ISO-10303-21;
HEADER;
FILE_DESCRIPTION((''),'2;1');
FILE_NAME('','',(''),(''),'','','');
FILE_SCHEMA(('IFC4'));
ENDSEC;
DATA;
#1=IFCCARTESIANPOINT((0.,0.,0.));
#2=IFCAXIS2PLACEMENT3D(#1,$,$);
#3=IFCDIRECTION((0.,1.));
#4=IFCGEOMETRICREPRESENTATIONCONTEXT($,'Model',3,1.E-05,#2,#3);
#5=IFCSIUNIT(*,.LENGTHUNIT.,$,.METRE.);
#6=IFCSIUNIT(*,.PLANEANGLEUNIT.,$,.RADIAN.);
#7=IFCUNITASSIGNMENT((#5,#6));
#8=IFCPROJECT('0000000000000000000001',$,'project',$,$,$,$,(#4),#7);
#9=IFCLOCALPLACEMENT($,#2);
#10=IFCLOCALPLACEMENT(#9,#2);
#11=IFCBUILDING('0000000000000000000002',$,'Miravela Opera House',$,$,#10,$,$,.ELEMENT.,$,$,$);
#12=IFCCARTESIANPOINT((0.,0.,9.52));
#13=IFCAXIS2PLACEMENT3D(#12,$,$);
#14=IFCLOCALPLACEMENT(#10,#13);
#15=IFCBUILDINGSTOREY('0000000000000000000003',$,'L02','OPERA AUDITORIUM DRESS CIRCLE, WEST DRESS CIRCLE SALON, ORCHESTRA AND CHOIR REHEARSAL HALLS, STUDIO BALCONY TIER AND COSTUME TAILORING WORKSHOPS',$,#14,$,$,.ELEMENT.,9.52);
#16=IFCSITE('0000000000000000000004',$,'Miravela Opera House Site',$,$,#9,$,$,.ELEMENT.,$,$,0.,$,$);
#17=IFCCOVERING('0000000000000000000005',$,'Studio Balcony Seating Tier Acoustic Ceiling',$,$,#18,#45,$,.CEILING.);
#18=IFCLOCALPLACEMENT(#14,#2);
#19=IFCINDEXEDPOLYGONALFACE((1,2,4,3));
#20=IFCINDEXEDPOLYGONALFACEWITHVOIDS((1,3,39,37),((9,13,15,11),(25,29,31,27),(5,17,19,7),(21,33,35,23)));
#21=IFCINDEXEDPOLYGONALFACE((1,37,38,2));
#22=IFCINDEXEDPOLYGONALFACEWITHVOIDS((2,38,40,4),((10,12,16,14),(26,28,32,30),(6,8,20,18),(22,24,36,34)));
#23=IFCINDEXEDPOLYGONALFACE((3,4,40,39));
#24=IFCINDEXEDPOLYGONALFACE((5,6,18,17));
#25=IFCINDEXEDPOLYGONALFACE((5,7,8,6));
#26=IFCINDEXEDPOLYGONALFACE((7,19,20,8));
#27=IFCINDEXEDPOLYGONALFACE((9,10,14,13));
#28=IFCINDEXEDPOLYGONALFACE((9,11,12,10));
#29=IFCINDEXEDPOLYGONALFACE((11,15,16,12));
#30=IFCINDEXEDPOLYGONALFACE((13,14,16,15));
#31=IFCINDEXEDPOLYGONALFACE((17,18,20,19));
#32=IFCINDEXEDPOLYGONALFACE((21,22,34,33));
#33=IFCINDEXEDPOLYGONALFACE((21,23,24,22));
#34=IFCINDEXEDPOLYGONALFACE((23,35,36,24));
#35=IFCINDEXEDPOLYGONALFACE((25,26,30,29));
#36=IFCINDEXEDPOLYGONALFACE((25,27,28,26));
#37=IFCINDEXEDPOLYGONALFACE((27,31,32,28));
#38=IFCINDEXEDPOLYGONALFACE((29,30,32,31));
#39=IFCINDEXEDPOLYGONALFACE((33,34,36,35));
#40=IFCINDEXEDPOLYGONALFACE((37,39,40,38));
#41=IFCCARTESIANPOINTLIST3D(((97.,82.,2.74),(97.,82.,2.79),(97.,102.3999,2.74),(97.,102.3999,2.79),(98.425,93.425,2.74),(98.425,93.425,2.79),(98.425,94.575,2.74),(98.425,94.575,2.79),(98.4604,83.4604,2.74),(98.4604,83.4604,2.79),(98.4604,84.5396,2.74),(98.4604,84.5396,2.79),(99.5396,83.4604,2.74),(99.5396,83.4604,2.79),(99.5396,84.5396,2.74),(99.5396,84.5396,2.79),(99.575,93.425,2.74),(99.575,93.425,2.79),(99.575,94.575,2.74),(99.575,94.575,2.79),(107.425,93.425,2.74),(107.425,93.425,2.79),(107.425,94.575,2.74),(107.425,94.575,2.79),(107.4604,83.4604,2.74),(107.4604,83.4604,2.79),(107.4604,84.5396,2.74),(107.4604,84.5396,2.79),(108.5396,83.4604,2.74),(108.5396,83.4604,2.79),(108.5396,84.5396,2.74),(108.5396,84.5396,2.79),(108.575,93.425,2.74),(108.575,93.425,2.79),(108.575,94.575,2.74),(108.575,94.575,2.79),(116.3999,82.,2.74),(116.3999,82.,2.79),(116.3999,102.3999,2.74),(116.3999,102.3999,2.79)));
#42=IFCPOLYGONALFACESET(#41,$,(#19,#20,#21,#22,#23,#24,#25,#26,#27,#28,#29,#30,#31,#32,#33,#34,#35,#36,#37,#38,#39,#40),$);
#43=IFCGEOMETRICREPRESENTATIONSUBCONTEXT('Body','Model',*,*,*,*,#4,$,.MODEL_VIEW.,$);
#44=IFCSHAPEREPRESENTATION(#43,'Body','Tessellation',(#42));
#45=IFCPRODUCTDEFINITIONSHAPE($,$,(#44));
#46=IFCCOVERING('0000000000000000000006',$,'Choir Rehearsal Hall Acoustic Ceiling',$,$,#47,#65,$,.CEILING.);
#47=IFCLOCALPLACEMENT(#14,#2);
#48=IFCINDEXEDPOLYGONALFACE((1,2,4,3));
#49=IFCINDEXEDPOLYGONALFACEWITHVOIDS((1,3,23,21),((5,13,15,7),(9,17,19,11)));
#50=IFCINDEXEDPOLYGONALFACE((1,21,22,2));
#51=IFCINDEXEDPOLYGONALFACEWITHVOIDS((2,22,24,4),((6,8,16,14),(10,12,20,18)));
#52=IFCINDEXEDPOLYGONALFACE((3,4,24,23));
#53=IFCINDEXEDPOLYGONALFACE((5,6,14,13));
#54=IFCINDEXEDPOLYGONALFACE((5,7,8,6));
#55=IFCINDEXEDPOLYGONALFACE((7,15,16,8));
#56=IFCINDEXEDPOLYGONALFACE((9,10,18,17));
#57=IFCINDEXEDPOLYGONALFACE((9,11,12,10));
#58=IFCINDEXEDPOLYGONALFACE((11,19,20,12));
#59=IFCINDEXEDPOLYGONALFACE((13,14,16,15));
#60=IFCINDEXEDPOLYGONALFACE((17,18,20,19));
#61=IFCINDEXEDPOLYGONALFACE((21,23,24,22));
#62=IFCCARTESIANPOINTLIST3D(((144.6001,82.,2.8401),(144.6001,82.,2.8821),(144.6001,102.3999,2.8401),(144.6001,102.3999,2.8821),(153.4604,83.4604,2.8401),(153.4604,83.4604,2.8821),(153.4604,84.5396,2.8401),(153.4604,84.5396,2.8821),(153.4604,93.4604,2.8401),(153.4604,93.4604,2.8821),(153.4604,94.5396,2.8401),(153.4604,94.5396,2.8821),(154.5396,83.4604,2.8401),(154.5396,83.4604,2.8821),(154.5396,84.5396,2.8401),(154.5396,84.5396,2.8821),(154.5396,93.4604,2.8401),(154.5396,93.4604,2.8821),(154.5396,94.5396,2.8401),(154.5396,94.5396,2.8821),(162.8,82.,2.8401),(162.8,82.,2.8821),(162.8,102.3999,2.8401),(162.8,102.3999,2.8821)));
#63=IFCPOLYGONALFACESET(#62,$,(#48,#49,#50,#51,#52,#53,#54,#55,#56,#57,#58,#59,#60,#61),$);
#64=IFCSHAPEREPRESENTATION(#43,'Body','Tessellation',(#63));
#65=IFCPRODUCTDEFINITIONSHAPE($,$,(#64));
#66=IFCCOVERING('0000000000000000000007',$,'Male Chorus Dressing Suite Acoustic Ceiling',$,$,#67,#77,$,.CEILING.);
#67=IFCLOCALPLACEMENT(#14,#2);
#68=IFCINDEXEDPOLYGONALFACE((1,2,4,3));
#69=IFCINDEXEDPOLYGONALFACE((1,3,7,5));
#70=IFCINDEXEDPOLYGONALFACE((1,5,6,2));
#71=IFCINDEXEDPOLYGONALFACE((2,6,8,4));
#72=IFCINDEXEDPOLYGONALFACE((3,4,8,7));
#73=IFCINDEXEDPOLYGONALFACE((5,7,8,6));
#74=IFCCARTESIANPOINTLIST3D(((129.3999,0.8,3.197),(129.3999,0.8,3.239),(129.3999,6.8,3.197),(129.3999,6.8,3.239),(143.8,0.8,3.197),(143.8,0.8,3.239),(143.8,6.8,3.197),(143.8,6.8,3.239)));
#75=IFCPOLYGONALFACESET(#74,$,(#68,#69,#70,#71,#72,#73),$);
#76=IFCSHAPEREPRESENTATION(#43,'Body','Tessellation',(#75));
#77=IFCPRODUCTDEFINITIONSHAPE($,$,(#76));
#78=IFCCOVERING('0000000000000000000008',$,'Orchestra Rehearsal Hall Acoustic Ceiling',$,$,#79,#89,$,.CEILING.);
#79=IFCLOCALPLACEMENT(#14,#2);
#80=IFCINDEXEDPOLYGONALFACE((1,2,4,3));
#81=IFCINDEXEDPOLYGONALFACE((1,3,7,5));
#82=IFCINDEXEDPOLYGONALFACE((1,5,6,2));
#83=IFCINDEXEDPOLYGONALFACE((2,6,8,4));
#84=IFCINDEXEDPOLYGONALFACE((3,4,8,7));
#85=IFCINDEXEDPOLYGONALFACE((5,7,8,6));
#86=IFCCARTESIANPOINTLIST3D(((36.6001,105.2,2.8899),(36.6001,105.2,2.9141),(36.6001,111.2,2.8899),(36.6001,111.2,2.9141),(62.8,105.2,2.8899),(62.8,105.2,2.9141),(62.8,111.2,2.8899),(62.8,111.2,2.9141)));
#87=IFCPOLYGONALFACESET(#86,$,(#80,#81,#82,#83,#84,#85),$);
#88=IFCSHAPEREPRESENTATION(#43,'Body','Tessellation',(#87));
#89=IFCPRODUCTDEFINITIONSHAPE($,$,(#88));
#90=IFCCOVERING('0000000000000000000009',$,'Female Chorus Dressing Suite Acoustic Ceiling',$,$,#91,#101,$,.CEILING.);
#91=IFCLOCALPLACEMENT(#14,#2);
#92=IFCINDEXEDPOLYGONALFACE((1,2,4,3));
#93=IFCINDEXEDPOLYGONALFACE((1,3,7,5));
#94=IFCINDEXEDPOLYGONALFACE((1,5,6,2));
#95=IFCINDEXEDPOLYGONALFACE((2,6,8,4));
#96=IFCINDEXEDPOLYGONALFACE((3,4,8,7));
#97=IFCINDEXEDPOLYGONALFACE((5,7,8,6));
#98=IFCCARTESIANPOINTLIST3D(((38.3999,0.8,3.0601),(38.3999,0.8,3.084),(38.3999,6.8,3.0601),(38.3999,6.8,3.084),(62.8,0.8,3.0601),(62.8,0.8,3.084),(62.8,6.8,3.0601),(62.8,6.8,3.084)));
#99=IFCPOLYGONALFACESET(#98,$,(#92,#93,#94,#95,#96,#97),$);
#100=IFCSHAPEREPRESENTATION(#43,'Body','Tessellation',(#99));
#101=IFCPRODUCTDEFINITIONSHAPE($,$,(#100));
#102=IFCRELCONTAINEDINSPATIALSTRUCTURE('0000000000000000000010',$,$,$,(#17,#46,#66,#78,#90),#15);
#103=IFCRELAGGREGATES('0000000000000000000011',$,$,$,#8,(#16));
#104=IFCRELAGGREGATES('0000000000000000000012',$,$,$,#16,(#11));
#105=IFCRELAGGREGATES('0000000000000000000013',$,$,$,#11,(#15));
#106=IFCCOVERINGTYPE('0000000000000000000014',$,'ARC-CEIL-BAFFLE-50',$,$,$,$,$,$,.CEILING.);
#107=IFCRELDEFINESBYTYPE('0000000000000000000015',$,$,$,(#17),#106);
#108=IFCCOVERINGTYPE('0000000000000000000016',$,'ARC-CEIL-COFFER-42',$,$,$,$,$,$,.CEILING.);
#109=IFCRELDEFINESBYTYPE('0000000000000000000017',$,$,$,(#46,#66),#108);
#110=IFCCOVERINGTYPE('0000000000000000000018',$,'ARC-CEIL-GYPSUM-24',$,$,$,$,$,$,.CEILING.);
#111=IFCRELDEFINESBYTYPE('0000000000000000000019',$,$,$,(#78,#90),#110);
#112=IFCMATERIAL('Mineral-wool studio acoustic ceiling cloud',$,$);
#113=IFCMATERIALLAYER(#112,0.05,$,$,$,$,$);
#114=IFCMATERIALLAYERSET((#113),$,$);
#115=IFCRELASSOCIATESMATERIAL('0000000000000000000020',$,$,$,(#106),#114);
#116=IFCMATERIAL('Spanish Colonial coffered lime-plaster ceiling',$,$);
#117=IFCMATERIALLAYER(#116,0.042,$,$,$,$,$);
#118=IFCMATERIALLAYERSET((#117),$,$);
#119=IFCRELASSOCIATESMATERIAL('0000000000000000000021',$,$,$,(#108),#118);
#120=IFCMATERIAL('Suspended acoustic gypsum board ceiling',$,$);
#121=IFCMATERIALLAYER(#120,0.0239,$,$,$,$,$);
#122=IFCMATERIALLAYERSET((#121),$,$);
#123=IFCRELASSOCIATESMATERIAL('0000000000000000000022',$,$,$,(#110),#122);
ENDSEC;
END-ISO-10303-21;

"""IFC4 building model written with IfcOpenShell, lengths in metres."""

from ifc_helpers import new_model, si_unit, direction, frame, origin, place, context, subcontext, project, spatial, polyline, outline, extrude, material, layer, layer_set, type_object, element, save


model = new_model("IFC4")

# Units and contexts
model_context = context("Model", 3, precision=1e-05, world=origin(), true_north=direction((0.0, 1.0)))
body_context = subcontext(model_context, "Body", "Model", "MODEL_VIEW")
ifc_project = project(units=[si_unit("LENGTHUNIT", "METRE"), si_unit("PLANEANGLEUNIT", "RADIAN")], contexts=[model_context])

# Site, building, storey
site_placement = place(None, origin())
site = spatial("IfcSite", under=ifc_project, at=site_placement, Name="Miravela Opera House Site", CompositionType="ELEMENT", RefElevation=0.0)
building_placement = place(site_placement, origin())
building = spatial("IfcBuilding", under=site, at=building_placement, Name="Miravela Opera House", CompositionType="ELEMENT")
storey_placement = place(building_placement, frame((0.0, 0.0, 9.52)))
storey = spatial("IfcBuildingStorey", under=building, at=storey_placement, Name="L02", Description="OPERA AUDITORIUM DRESS CIRCLE, WEST DRESS CIRCLE SALON, ORCHESTRA AND CHOIR REHEARSAL HALLS, STUDIO BALCONY TIER AND COSTUME TAILORING WORKSHOPS", CompositionType="ELEMENT", Elevation=9.52)

# Coverings
ifc_material_1 = material(Name="Mineral-wool studio acoustic ceiling cloud")
ifc_layer_1 = layer(ifc_material_1, 0.05)
ifc_layer_set_1 = layer_set([ifc_layer_1])
covering_type_1 = type_object("IfcCoveringType", Name="ARC-CEIL-BAFFLE-50", PredefinedType="CEILING", material=ifc_layer_set_1)
covering_1_placement = place(storey_placement, frame((0.0, 0.0, 2.74)))
element("IfcCovering", 1, at=covering_1_placement, inside=storey, type_object=covering_type_1, Name="Studio Balcony Seating Tier Acoustic Ceiling", PredefinedType="CEILING", context=body_context, shape_type="SweptSolid", body=[
    extrude(outline(polyline([(97.0, 82.0), (116.3999, 82.0), (116.3999, 102.3999), (97.0, 102.3999), (97.0, 82.0)]), holes=[polyline([(98.4604, 83.4604), (99.5396, 83.4604), (99.5396, 84.5396), (98.4604, 84.5396), (98.4604, 83.4604)]), polyline([(98.425, 93.425), (99.575, 93.425), (99.575, 94.575), (98.425, 94.575), (98.425, 93.425)]), polyline([(107.4604, 83.4604), (108.5396, 83.4604), (108.5396, 84.5396), (107.4604, 84.5396), (107.4604, 83.4604)]), polyline([(107.425, 93.425), (108.575, 93.425), (108.575, 94.575), (107.425, 94.575), (107.425, 93.425)])]), origin(), (0.0, 0.0, 1.0), 0.05),
])
ifc_material_2 = material(Name="Spanish Colonial coffered lime-plaster ceiling")
ifc_layer_2 = layer(ifc_material_2, 0.042)
ifc_layer_set_2 = layer_set([ifc_layer_2])
covering_type_2 = type_object("IfcCoveringType", Name="ARC-CEIL-COFFER-42", PredefinedType="CEILING", material=ifc_layer_set_2)
covering_2_placement = place(storey_placement, frame((0.0, 0.0, 2.8401)))
element("IfcCovering", 2, at=covering_2_placement, inside=storey, type_object=covering_type_2, Name="Choir Rehearsal Hall Acoustic Ceiling", PredefinedType="CEILING", context=body_context, shape_type="SweptSolid", body=[
    extrude(outline(polyline([(144.6001, 82.0), (162.8, 82.0), (162.8, 102.3999), (144.6001, 102.3999), (144.6001, 82.0)]), holes=[polyline([(153.4604, 83.4604), (154.5396, 83.4604), (154.5396, 84.5396), (153.4604, 84.5396), (153.4604, 83.4604)]), polyline([(153.4604, 93.4604), (154.5396, 93.4604), (154.5396, 94.5396), (153.4604, 94.5396), (153.4604, 93.4604)])]), origin(), (0.0, 0.0, 1.0), 0.042),
])
covering_3_placement = place(storey_placement, frame((0.0, 0.0, 3.197)))
element("IfcCovering", 3, at=covering_3_placement, inside=storey, type_object=covering_type_2, Name="Male Chorus Dressing Suite Acoustic Ceiling", PredefinedType="CEILING", context=body_context, shape_type="SweptSolid", body=[
    extrude(outline(polyline([(129.3999, 0.8), (143.8, 0.8), (143.8, 6.8), (129.3999, 6.8), (129.3999, 0.8)])), origin(), (0.0, 0.0, 1.0), 0.042),
])
ifc_material_3 = material(Name="Suspended acoustic gypsum board ceiling")
ifc_layer_3 = layer(ifc_material_3, 0.0239)
ifc_layer_set_3 = layer_set([ifc_layer_3])
covering_type_3 = type_object("IfcCoveringType", Name="ARC-CEIL-GYPSUM-24", PredefinedType="CEILING", material=ifc_layer_set_3)
covering_4_placement = place(storey_placement, frame((0.0, 0.0, 2.8899)))
element("IfcCovering", 4, at=covering_4_placement, inside=storey, type_object=covering_type_3, Name="Orchestra Rehearsal Hall Acoustic Ceiling", PredefinedType="CEILING", context=body_context, shape_type="SweptSolid", body=[
    extrude(outline(polyline([(36.6001, 105.2), (62.8, 105.2), (62.8, 111.2), (36.6001, 111.2), (36.6001, 105.2)])), origin(), (0.0, 0.0, 1.0), 0.0242),
])
covering_5_placement = place(storey_placement, frame((0.0, 0.0, 3.0601)))
element("IfcCovering", 5, at=covering_5_placement, inside=storey, type_object=covering_type_3, Name="Female Chorus Dressing Suite Acoustic Ceiling", PredefinedType="CEILING", context=body_context, shape_type="SweptSolid", body=[
    extrude(outline(polyline([(38.3999, 0.8), (62.8, 0.8), (62.8, 6.8), (38.3999, 6.8), (38.3999, 0.8)])), origin(), (0.0, 0.0, 1.0), 0.0239),
])

save(model, "model.ifc")
